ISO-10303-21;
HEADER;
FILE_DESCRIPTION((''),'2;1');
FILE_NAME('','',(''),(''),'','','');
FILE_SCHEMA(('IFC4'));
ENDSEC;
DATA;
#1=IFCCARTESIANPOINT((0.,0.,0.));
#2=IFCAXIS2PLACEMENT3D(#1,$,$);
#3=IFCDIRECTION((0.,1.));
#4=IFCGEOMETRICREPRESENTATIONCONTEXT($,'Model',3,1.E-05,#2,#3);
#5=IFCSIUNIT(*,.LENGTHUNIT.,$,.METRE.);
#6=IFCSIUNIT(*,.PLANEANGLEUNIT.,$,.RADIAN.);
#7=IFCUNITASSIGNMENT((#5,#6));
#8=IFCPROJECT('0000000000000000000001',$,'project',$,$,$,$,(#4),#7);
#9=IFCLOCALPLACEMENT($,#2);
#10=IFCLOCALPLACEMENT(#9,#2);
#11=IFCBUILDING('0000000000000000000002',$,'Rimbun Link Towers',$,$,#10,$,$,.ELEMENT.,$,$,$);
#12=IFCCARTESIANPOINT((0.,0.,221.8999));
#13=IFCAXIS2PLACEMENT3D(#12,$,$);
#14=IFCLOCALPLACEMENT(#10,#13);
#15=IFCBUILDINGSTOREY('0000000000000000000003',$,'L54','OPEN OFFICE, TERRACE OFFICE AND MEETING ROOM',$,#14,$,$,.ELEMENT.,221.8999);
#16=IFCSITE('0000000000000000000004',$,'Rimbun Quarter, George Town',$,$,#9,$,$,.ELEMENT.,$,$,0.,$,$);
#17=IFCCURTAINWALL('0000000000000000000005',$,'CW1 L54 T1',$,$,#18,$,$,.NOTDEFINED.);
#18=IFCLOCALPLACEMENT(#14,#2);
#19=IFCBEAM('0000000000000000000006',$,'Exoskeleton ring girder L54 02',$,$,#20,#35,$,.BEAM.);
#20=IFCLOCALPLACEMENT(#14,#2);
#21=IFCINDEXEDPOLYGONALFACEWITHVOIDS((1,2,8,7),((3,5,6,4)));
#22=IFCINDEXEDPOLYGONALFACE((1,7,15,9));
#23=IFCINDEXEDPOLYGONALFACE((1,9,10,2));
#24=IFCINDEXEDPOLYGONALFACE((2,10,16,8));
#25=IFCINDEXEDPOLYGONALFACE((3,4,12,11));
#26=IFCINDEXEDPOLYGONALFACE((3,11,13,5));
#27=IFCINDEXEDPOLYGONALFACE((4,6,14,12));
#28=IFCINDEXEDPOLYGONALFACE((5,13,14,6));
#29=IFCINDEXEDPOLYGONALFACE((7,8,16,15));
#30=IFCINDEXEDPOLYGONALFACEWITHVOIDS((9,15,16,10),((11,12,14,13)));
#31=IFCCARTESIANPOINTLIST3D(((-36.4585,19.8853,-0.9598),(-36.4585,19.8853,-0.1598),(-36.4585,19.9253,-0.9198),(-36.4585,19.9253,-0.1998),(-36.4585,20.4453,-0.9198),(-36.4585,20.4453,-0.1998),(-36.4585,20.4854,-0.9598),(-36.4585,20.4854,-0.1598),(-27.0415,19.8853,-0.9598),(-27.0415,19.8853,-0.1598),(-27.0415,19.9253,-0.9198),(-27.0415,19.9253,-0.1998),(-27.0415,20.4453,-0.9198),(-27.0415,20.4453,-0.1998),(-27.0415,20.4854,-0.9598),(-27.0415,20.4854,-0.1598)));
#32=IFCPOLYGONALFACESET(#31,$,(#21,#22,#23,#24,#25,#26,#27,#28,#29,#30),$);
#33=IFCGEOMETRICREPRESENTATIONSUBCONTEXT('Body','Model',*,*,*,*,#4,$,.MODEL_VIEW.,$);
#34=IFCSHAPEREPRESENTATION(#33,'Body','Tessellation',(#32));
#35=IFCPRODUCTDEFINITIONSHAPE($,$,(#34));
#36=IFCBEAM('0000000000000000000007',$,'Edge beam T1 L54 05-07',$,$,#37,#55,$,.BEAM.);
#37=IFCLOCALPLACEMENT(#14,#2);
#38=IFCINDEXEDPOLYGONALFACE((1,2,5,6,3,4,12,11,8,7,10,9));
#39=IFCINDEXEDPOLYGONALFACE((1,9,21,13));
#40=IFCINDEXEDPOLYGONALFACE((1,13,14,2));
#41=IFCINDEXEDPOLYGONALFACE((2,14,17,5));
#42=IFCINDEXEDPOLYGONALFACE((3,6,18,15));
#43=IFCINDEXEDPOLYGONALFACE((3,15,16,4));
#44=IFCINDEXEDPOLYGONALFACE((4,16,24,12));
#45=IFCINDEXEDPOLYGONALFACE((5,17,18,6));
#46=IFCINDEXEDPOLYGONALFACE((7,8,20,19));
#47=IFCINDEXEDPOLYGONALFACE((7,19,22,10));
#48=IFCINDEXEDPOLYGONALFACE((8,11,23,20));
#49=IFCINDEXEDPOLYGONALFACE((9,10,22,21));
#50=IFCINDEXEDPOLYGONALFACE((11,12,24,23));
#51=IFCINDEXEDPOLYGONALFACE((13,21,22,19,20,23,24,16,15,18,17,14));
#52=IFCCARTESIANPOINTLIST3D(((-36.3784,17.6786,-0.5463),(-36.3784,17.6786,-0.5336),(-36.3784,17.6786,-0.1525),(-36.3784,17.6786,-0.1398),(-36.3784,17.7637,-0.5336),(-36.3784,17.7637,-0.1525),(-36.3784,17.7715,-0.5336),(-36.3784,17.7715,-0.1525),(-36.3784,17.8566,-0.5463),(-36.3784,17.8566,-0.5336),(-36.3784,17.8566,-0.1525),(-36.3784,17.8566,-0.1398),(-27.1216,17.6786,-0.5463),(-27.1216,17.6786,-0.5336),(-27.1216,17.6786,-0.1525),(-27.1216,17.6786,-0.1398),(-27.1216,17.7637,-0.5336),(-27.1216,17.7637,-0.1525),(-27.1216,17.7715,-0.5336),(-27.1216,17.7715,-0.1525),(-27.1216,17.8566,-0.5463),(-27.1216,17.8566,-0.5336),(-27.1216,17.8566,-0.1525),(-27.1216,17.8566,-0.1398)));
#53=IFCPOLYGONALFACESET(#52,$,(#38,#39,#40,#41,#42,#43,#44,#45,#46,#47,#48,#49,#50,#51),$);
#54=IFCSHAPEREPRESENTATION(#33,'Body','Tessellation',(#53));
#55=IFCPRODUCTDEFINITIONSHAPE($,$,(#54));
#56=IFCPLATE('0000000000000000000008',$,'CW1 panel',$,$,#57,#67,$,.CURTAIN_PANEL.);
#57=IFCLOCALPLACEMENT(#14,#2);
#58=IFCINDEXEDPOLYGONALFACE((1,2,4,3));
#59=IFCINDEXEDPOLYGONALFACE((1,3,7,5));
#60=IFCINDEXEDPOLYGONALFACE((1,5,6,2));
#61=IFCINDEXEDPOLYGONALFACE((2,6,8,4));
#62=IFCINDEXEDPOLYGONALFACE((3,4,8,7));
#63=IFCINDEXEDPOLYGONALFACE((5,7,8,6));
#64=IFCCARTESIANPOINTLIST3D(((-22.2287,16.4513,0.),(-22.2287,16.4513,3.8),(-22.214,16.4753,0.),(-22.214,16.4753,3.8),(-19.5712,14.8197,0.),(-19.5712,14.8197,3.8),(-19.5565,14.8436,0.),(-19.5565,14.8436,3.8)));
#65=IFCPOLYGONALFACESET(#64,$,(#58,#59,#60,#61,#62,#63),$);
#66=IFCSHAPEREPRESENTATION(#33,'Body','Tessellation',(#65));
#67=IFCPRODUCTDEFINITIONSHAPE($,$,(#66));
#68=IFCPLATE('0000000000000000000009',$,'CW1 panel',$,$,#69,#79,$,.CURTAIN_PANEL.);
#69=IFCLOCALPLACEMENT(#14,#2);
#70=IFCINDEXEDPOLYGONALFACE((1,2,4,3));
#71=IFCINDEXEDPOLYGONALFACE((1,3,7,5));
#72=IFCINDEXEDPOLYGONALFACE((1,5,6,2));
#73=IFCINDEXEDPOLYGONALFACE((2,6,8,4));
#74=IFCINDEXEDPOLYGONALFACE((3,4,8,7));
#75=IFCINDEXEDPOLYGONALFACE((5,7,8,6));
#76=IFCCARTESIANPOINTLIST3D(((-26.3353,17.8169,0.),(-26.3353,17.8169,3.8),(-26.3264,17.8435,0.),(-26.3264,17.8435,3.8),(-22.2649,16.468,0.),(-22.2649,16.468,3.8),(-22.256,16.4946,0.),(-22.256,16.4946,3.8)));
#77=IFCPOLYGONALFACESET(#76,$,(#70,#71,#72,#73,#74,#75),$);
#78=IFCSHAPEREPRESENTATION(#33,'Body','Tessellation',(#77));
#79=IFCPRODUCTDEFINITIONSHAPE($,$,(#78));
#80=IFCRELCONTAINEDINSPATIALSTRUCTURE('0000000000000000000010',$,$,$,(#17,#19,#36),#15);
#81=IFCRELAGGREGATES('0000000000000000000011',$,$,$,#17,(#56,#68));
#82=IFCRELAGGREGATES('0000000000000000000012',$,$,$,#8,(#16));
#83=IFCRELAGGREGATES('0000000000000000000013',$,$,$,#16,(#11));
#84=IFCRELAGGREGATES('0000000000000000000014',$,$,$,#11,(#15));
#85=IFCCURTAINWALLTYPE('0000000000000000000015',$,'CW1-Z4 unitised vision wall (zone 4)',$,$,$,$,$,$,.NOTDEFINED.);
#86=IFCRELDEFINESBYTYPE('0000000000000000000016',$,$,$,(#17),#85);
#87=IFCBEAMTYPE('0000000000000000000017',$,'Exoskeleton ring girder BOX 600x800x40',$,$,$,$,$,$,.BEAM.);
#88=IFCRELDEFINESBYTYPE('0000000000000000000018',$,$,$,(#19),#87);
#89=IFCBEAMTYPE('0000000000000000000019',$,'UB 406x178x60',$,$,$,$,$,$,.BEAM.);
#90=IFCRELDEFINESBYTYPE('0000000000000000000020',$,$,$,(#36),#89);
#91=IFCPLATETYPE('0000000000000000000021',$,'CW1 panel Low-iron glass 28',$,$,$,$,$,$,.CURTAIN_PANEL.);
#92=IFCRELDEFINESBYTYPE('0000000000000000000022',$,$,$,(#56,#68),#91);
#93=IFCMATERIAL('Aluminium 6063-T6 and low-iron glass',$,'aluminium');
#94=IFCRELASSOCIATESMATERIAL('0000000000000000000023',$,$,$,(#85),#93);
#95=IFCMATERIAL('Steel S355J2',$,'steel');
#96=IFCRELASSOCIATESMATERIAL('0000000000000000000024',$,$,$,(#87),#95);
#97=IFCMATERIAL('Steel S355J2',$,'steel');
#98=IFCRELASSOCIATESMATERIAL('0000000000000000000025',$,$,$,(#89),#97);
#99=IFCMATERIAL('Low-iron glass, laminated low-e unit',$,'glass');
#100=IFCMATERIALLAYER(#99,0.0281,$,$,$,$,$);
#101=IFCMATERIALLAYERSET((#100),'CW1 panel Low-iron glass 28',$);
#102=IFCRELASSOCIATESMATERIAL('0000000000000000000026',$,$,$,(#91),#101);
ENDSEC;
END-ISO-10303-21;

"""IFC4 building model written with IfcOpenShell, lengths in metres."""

from ifc_helpers import new_model, si_unit, direction, frame, origin, origin_2d, place, context, subcontext, project, spatial, rectangle, hollow_rectangle, i_section, extrude, material, layer, layer_set, material_profile, profile_set, type_object, element, aggregate, save


model = new_model("IFC4")

# Units and contexts
model_context = context("Model", 3, precision=1e-05, world=origin(), true_north=direction((0.0, 1.0)))
body_context = subcontext(model_context, "Body", "Model", "MODEL_VIEW")
ifc_project = project(units=[si_unit("LENGTHUNIT", "METRE"), si_unit("PLANEANGLEUNIT", "RADIAN")], contexts=[model_context])

# Site, building, storey
site_placement = place(None, origin())
site = spatial("IfcSite", under=ifc_project, at=site_placement, Name="Rimbun Quarter, George Town", CompositionType="ELEMENT", RefElevation=0.0)
building_placement = place(site_placement, origin())
building = spatial("IfcBuilding", under=site, at=building_placement, Name="Rimbun Link Towers", CompositionType="ELEMENT")
storey_placement = place(building_placement, frame((0.0, 0.0, 221.8999)))
storey = spatial("IfcBuildingStorey", under=building, at=storey_placement, Name="L54", Description="OPEN OFFICE, TERRACE OFFICE AND MEETING ROOM", CompositionType="ELEMENT", Elevation=221.8999)

# Curtain wall
ifc_material_1 = material(Name="Aluminium 6063-T6 and low-iron glass", Category="aluminium")
curtain_wall_type = type_object("IfcCurtainWallType", Name="CW1-Z4 unitised vision wall (zone 4)", PredefinedType="NOTDEFINED", material=ifc_material_1)
curtain_wall_placement = place(storey_placement, origin())
curtain_wall = element("IfcCurtainWall", 1, at=curtain_wall_placement, inside=storey, type_object=curtain_wall_type, Name="CW1 L54 T1", PredefinedType="NOTDEFINED")

# Beams
ifc_material_2 = material(Name="Steel S355J2", Category="steel")
ifc_material_profile_1 = material_profile(ifc_material_2, hollow_rectangle(XDim=0.6001, YDim=0.8, WallThickness=0.04, at=origin_2d()), Name="Exoskeleton ring girder BOX 600x800x40")
ifc_profile_set_1 = profile_set([ifc_material_profile_1], Name="Steel S355J2")
beam_type_1 = type_object("IfcBeamType", Name="Exoskeleton ring girder BOX 600x800x40", PredefinedType="BEAM", material=ifc_profile_set_1)
beam_1_placement = place(storey_placement, frame((-27.0415, 20.1853, -0.5598), z_axis=(-1.0, 0.0, 0.0), x_axis=(0.0, -1.0, 0.0)))
element("IfcBeam", 2, at=beam_1_placement, inside=storey, type_object=beam_type_1, Name="Exoskeleton ring girder L54 02", PredefinedType="BEAM", context=body_context, shape_type="SweptSolid", body=[
    extrude(hollow_rectangle(XDim=0.6001, YDim=0.8, WallThickness=0.04, at=origin_2d()), origin(), (0.0, 0.0, 1.0), 9.417),
])
ifc_material_3 = material(Name="Steel S355J2", Category="steel")
ifc_material_profile_2 = material_profile(ifc_material_3, i_section(OverallWidth=0.178, OverallDepth=0.4065, WebThickness=0.0078, FlangeThickness=0.0127, at=origin_2d()), Name="UB 406x178x60")
ifc_profile_set_2 = profile_set([ifc_material_profile_2], Name="Steel S355J2")
beam_type_2 = type_object("IfcBeamType", Name="UB 406x178x60", PredefinedType="BEAM", material=ifc_profile_set_2)
beam_2_placement = place(storey_placement, frame((-27.1216, 17.7676, -0.343), z_axis=(-1.0, 0.0, 0.0), x_axis=(0.0, -1.0, 0.0)))
element("IfcBeam", 3, at=beam_2_placement, inside=storey, type_object=beam_type_2, Name="Edge beam T1 L54 05-07", PredefinedType="BEAM", context=body_context, shape_type="SweptSolid", body=[
    extrude(i_section(OverallWidth=0.178, OverallDepth=0.4065, WebThickness=0.0078, FlangeThickness=0.0127, at=origin_2d()), origin(), (0.0, 0.0, 1.0), 9.2568),
])

# Plates
ifc_material_4 = material(Name="Low-iron glass, laminated low-e unit", Category="glass")
ifc_layer = layer(ifc_material_4, 0.0281)
ifc_layer_set = layer_set([ifc_layer], Name="CW1 panel Low-iron glass 28")
plate_type = type_object("IfcPlateType", Name="CW1 panel Low-iron glass 28", PredefinedType="CURTAIN_PANEL", material=ifc_layer_set)
plate_1_placement = place(storey_placement, frame((-20.8926, 15.6475, 0.0), z_axis=(0.0, 0.0, 1.0), x_axis=(0.852187, -0.523237, 0.0)))
plate_1 = element("IfcPlate", 4, at=plate_1_placement, type_object=plate_type, Name="CW1 panel", PredefinedType="CURTAIN_PANEL", context=body_context, shape_type="SweptSolid", body=[
    extrude(rectangle(XDim=3.1184, YDim=0.0281, at=origin_2d()), origin(), (0.0, 0.0, 1.0), 3.8),
])
plate_2_placement = place(storey_placement, frame((-24.2957, 17.1558, 0.0), z_axis=(0.0, 0.0, 1.0), x_axis=(0.949236, -0.314565, 0.0)))
plate_2 = element("IfcPlate", 5, at=plate_2_placement, type_object=plate_type, Name="CW1 panel", PredefinedType="CURTAIN_PANEL", context=body_context, shape_type="SweptSolid", body=[
    extrude(rectangle(XDim=4.2881, YDim=0.0281, at=origin_2d()), origin(), (0.0, 0.0, 1.0), 3.8),
])
aggregate(curtain_wall, [plate_1, plate_2])

save(model, "model.ifc")
